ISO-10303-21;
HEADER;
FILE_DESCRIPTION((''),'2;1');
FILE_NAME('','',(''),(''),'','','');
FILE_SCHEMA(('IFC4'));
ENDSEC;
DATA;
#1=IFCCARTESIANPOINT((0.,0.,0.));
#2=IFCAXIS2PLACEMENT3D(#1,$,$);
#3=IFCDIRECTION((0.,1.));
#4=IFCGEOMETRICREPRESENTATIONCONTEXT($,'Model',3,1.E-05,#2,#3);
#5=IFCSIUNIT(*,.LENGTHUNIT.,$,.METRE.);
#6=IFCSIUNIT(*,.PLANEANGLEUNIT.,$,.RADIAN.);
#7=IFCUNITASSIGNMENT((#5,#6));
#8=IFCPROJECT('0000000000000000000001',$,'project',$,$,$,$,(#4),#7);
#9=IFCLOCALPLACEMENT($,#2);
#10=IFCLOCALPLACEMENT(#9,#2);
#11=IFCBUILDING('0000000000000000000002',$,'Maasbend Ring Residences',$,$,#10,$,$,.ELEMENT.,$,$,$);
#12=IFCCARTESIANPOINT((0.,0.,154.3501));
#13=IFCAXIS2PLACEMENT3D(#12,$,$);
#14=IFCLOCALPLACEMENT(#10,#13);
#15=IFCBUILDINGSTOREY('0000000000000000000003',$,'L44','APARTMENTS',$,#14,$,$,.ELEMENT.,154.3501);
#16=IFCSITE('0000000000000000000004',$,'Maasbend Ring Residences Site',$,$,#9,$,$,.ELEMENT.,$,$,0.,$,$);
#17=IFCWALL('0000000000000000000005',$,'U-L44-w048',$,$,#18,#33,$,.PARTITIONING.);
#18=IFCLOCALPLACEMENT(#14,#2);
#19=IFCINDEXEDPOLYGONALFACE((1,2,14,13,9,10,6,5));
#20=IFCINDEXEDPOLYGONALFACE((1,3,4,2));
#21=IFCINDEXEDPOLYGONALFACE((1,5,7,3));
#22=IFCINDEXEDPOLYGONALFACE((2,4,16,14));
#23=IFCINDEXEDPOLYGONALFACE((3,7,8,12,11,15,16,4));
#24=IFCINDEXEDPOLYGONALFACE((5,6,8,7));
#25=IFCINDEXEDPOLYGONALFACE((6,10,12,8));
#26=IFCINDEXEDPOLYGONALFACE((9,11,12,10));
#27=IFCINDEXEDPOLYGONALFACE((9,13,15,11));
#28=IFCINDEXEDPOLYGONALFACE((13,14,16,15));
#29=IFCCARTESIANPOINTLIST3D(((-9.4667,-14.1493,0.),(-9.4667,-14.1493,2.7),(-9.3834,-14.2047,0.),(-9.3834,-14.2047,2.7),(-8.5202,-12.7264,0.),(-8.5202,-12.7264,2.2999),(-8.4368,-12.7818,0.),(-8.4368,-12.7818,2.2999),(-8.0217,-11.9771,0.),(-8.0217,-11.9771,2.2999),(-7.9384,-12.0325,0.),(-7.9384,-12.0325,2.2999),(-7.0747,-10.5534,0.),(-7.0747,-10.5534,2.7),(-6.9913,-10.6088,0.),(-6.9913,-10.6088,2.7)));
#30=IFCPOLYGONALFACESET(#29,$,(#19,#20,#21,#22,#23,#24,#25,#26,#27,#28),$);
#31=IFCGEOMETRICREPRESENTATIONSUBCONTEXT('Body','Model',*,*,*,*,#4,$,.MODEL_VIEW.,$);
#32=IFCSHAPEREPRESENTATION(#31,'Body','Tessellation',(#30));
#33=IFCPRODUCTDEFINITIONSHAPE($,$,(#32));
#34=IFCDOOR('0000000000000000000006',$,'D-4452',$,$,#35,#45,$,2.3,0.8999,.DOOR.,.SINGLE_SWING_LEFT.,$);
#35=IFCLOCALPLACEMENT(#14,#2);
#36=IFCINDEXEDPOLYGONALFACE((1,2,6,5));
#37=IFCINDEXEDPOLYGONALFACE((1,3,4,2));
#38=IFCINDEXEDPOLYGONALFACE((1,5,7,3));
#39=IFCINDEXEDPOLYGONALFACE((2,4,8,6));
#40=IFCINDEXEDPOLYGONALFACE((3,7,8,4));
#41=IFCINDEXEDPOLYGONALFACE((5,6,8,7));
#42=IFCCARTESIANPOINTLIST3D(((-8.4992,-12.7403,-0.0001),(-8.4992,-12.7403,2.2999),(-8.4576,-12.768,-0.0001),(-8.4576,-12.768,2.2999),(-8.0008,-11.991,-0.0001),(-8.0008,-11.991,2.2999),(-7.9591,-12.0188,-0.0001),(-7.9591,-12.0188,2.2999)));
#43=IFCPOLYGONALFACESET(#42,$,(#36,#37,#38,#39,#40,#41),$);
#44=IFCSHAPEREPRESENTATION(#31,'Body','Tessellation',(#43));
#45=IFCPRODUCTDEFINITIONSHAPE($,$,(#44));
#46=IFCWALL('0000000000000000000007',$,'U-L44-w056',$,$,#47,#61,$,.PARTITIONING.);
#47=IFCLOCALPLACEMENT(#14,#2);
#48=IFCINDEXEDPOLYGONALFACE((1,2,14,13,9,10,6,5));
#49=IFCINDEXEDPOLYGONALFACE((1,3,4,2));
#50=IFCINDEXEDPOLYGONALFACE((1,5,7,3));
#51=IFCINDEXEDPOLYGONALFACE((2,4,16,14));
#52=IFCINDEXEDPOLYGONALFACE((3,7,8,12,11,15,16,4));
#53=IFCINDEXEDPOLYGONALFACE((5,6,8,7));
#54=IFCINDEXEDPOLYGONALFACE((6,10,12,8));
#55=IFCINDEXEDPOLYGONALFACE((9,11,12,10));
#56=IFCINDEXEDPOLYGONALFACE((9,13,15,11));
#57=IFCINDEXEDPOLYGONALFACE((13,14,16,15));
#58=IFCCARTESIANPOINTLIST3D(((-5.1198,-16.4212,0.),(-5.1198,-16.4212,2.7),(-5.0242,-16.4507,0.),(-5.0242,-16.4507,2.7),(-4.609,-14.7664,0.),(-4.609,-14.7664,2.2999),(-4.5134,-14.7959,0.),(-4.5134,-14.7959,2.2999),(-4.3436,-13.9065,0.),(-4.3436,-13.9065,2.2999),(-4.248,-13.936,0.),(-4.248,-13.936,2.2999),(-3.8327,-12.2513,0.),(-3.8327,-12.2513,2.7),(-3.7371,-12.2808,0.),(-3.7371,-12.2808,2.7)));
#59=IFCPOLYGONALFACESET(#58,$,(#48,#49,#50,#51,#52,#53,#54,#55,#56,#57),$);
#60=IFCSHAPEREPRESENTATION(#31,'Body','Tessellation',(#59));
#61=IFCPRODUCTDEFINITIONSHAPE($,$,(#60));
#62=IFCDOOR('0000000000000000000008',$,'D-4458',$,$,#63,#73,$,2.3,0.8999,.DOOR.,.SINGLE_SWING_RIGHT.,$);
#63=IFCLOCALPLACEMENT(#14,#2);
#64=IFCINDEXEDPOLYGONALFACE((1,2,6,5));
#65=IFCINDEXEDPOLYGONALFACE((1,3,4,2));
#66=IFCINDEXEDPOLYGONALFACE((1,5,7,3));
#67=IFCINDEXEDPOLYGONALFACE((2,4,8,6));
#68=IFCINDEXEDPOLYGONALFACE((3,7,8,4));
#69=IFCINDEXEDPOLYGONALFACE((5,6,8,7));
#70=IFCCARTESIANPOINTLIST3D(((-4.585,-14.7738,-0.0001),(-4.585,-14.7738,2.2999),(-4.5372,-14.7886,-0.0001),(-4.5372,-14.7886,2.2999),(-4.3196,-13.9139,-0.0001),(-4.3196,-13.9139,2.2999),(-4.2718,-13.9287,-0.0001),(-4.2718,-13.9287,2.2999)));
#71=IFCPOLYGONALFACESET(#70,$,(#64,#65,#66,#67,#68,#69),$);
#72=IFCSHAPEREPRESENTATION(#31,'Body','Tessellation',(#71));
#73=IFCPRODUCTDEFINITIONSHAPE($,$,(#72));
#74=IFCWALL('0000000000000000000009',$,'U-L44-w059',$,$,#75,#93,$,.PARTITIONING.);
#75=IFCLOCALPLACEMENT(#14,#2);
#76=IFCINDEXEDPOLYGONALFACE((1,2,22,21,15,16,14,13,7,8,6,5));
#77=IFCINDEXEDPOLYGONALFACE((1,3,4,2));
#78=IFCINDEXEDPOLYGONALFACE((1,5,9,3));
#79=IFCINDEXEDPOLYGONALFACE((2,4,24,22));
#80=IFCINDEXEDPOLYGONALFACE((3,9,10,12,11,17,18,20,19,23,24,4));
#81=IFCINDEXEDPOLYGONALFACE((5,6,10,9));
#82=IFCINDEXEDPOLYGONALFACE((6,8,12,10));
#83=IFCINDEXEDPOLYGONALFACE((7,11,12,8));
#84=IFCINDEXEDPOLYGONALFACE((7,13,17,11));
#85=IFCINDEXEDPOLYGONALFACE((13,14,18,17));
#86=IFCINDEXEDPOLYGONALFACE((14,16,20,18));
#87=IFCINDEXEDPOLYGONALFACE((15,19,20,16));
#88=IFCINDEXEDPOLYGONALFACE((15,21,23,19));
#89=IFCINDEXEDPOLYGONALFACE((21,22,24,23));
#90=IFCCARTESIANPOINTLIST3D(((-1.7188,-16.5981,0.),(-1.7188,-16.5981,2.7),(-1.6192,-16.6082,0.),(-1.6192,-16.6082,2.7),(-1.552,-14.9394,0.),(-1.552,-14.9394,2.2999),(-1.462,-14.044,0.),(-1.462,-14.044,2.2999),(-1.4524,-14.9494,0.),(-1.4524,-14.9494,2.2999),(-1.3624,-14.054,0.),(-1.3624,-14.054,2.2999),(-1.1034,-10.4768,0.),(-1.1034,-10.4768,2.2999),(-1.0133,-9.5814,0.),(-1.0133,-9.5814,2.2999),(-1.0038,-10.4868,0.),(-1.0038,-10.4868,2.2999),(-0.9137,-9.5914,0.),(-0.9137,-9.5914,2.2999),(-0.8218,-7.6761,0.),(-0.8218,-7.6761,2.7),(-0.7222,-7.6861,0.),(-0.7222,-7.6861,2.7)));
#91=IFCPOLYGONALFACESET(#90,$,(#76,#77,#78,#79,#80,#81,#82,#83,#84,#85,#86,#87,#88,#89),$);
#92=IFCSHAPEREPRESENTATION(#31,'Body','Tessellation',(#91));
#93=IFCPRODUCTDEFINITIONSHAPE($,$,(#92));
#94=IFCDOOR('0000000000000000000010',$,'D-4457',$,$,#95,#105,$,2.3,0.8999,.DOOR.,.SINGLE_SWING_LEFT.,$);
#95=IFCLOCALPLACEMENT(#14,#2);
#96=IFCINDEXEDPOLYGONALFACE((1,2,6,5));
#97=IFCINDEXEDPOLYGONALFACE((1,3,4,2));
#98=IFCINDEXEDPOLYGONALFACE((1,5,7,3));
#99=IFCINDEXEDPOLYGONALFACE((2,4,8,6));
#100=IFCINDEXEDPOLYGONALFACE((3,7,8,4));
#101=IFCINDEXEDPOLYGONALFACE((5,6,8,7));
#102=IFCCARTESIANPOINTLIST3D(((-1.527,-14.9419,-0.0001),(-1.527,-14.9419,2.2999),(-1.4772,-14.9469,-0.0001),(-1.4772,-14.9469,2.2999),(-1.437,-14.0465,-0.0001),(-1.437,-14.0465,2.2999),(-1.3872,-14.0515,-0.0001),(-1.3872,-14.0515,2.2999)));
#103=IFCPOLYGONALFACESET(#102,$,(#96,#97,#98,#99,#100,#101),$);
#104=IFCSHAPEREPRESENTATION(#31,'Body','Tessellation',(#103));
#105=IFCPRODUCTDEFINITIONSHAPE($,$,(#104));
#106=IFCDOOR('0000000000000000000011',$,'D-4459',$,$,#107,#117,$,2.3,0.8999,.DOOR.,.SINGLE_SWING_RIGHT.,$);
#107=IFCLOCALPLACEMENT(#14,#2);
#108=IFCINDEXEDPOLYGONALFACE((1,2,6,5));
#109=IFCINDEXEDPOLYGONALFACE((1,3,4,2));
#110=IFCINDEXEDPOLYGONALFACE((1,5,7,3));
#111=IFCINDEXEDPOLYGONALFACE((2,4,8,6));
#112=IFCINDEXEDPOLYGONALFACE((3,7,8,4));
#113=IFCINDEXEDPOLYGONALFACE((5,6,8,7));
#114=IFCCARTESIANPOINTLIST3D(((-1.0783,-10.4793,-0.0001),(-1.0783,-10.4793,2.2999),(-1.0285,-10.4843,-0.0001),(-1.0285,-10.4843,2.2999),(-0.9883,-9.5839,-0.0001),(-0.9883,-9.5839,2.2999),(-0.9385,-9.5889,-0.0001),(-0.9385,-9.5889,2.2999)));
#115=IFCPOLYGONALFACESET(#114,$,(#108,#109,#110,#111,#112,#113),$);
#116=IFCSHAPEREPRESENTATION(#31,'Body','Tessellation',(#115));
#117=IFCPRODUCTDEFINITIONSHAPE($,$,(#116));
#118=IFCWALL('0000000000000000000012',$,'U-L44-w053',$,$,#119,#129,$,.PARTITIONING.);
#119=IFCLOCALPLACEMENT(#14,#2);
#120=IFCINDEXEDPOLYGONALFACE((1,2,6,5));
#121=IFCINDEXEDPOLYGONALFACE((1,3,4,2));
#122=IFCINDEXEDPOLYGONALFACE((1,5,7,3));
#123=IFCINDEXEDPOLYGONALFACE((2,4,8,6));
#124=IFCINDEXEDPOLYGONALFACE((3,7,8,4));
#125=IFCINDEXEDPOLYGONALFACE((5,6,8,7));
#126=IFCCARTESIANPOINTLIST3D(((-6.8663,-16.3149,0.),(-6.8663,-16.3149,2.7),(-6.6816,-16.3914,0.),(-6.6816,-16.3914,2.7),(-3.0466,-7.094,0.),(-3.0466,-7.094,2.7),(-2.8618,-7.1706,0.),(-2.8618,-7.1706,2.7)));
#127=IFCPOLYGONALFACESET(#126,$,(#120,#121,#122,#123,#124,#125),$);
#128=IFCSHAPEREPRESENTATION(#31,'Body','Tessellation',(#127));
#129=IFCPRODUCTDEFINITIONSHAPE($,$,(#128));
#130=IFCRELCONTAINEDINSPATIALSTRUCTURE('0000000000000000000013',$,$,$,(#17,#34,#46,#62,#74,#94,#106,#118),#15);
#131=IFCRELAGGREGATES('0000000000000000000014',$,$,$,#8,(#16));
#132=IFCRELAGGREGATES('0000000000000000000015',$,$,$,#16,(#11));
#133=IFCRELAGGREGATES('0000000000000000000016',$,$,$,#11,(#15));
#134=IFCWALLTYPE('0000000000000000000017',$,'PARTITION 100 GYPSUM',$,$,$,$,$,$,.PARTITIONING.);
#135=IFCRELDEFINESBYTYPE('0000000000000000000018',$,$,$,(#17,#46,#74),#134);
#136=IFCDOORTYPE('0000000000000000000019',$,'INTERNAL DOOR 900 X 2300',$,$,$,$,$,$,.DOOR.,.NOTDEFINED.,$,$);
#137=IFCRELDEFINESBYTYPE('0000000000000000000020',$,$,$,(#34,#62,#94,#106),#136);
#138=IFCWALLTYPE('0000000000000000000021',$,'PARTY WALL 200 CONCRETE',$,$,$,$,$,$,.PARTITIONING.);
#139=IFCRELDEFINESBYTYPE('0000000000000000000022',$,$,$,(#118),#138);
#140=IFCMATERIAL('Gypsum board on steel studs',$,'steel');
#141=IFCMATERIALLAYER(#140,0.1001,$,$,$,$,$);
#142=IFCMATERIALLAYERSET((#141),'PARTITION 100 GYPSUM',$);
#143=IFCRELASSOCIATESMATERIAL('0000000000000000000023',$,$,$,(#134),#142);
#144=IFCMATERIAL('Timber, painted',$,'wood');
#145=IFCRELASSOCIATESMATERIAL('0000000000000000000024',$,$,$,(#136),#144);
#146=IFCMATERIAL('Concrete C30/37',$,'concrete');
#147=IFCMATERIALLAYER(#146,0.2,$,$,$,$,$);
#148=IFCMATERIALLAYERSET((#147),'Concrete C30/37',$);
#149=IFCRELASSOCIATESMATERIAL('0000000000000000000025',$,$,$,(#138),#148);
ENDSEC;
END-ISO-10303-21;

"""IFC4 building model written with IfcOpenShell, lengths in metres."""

from ifc_helpers import new_model, si_unit, direction, frame, frame_2d, origin, place, context, subcontext, project, spatial, rectangle, extrude, material, layer, layer_set, type_object, element, fill, save


model = new_model("IFC4")

# Units and contexts
model_context = context("Model", 3, precision=1e-05, world=origin(), true_north=direction((0.0, 1.0)))
body_context = subcontext(model_context, "Body", "Model", "MODEL_VIEW")
ifc_project = project(units=[si_unit("LENGTHUNIT", "METRE"), si_unit("PLANEANGLEUNIT", "RADIAN")], contexts=[model_context])

# Site, building, storey
site_placement = place(None, origin())
site = spatial("IfcSite", under=ifc_project, at=site_placement, Name="Maasbend Ring Residences Site", CompositionType="ELEMENT", RefElevation=0.0)
building_placement = place(site_placement, origin())
building = spatial("IfcBuilding", under=site, at=building_placement, Name="Maasbend Ring Residences", CompositionType="ELEMENT")
storey_placement = place(building_placement, frame((0.0, 0.0, 154.3501)))
storey = spatial("IfcBuildingStorey", under=building, at=storey_placement, Name="L44", Description="APARTMENTS", CompositionType="ELEMENT", Elevation=154.3501)

# Shared definitions
ifc_material_1 = material(Name="Gypsum board on steel studs", Category="steel")
ifc_layer_1 = layer(ifc_material_1, 0.1001)
ifc_layer_set_1 = layer_set([ifc_layer_1], Name="PARTITION 100 GYPSUM")
wall_type_1 = type_object("IfcWallType", Name="PARTITION 100 GYPSUM", PredefinedType="PARTITIONING", material=ifc_layer_set_1)

# Walls, openings, doors
wall_1_placement = place(storey_placement, frame((-9.425, -14.177, 0.0), z_axis=(0.0, 0.0, 1.0), x_axis=(0.553865, 0.832606, 0.0)))
wall_1 = element("IfcWall", 1, at=wall_1_placement, inside=storey, type_object=wall_type_1, Name="U-L44-w048", PredefinedType="PARTITIONING", context=body_context, shape_type="SweptSolid", body=[
    extrude(rectangle(XDim=4.3188, YDim=0.1001, at=frame_2d((2.1594, 0.0))), origin(), (0.0, 0.0, 1.0), 2.7),
])
opening_1_placement = place(wall_1_placement, frame((1.709, 0.0, 0.0)))
opening_1 = element("IfcOpeningElement", 2, at=opening_1_placement, cuts=wall_1, PredefinedType="OPENING", context=body_context, shape_type="SweptSolid", body=[
    extrude(rectangle(XDim=0.8999, YDim=2.3, at=frame_2d((0.45, 1.1499))), frame((0.0, 0.0601, 0.0), z_axis=(0.0, -1.0, 0.0), x_axis=(1.0, 0.0, 0.0)), (0.0, 0.0, 1.0), 0.1201),
])
ifc_material_2 = material(Name="Timber, painted", Category="wood")
door_type_1 = type_object("IfcDoorType", Name="INTERNAL DOOR 900 X 2300", OperationType="NOTDEFINED", PredefinedType="DOOR", material=ifc_material_2)
door_1_placement = place(opening_1_placement, origin())
door_1 = element("IfcDoor", 3, at=door_1_placement, inside=storey, type_object=door_type_1, Name="D-4452", OperationType="SINGLE_SWING_LEFT", OverallHeight=2.3, OverallWidth=0.8999, PredefinedType="DOOR", context=body_context, shape_type="SweptSolid", body=[
    extrude(rectangle(XDim=0.8999, YDim=2.3, at=frame_2d((0.45, 1.1499))), frame((0.0, 0.0249, 0.0), z_axis=(0.0, -1.0, 0.0), x_axis=(1.0, 0.0, 0.0)), (0.0, 0.0, 1.0), 0.05),
])
fill(opening_1, door_1)
wall_2_placement = place(storey_placement, frame((-5.072, -16.436, 0.0), z_axis=(0.0, 0.0, 1.0), x_axis=(0.294935, 0.955517, 0.0)))
wall_2 = element("IfcWall", 4, at=wall_2_placement, inside=storey, type_object=wall_type_1, Name="U-L44-w056", PredefinedType="PARTITIONING", context=body_context, shape_type="SweptSolid", body=[
    extrude(rectangle(XDim=4.364, YDim=0.1001, at=frame_2d((2.1821, 0.0))), origin(), (0.0, 0.0, 1.0), 2.7),
])
opening_2_placement = place(wall_2_placement, frame((1.7319, 0.0, 0.0)))
opening_2 = element("IfcOpeningElement", 5, at=opening_2_placement, cuts=wall_2, PredefinedType="OPENING", context=body_context, shape_type="SweptSolid", body=[
    extrude(rectangle(XDim=0.8999, YDim=2.3, at=frame_2d((0.45, 1.1499))), frame((0.0, 0.0601, 0.0), z_axis=(0.0, -1.0, 0.0), x_axis=(1.0, 0.0, 0.0)), (0.0, 0.0, 1.0), 0.1201),
])
door_2_placement = place(opening_2_placement, origin())
door_2 = element("IfcDoor", 6, at=door_2_placement, inside=storey, type_object=door_type_1, Name="D-4458", OperationType="SINGLE_SWING_RIGHT", OverallHeight=2.3, OverallWidth=0.8999, PredefinedType="DOOR", context=body_context, shape_type="SweptSolid", body=[
    extrude(rectangle(XDim=0.8999, YDim=2.3, at=frame_2d((0.45, 1.1499))), frame((0.0, 0.0249, 0.0), z_axis=(0.0, -1.0, 0.0), x_axis=(1.0, 0.0, 0.0)), (0.0, 0.0, 1.0), 0.05),
])
fill(opening_2, door_2)

# Wall, openings, doors
wall_3_placement = place(storey_placement, frame((-1.6689, -16.603, 0.0), z_axis=(0.0, 0.0, 1.0), x_axis=(0.100029, 0.994984, 0.0)))
wall_3 = element("IfcWall", 7, at=wall_3_placement, inside=storey, type_object=wall_type_1, Name="U-L44-w059", PredefinedType="PARTITIONING", context=body_context, shape_type="SweptSolid", body=[
    extrude(rectangle(XDim=8.967, YDim=0.1001, at=frame_2d((4.4834, 0.0))), origin(), (0.0, 0.0, 1.0), 2.7),
])
opening_3_placement = place(wall_3_placement, frame((1.667, 0.0, 0.0)))
opening_3 = element("IfcOpeningElement", 8, at=opening_3_placement, cuts=wall_3, PredefinedType="OPENING", context=body_context, shape_type="SweptSolid", body=[
    extrude(rectangle(XDim=0.8999, YDim=2.3, at=frame_2d((0.45, 1.1499))), frame((0.0, 0.0601, 0.0), z_axis=(0.0, -1.0, 0.0), x_axis=(1.0, 0.0, 0.0)), (0.0, 0.0, 1.0), 0.1201),
])
opening_4_placement = place(wall_3_placement, frame((6.1521, 0.0, 0.0)))
opening_4 = element("IfcOpeningElement", 9, at=opening_4_placement, cuts=wall_3, PredefinedType="OPENING", context=body_context, shape_type="SweptSolid", body=[
    extrude(rectangle(XDim=0.8999, YDim=2.3, at=frame_2d((0.45, 1.1499))), frame((0.0, 0.0601, 0.0), z_axis=(0.0, -1.0, 0.0), x_axis=(1.0, 0.0, 0.0)), (0.0, 0.0, 1.0), 0.1201),
])
door_3_placement = place(opening_3_placement, origin())
door_3 = element("IfcDoor", 10, at=door_3_placement, inside=storey, type_object=door_type_1, Name="D-4457", OperationType="SINGLE_SWING_LEFT", OverallHeight=2.3, OverallWidth=0.8999, PredefinedType="DOOR", context=body_context, shape_type="SweptSolid", body=[
    extrude(rectangle(XDim=0.8999, YDim=2.3, at=frame_2d((0.45, 1.1499))), frame((0.0, 0.0249, 0.0), z_axis=(0.0, -1.0, 0.0), x_axis=(1.0, 0.0, 0.0)), (0.0, 0.0, 1.0), 0.05),
])
fill(opening_3, door_3)
door_4_placement = place(opening_4_placement, origin())
door_4 = element("IfcDoor", 11, at=door_4_placement, inside=storey, type_object=door_type_1, Name="D-4459", OperationType="SINGLE_SWING_RIGHT", OverallHeight=2.3, OverallWidth=0.8999, PredefinedType="DOOR", context=body_context, shape_type="SweptSolid", body=[
    extrude(rectangle(XDim=0.8999, YDim=2.3, at=frame_2d((0.45, 1.1499))), frame((0.0, 0.0249, 0.0), z_axis=(0.0, -1.0, 0.0), x_axis=(1.0, 0.0, 0.0)), (0.0, 0.0, 1.0), 0.05),
])
fill(opening_4, door_4)

# Wall
ifc_material_3 = material(Name="Concrete C30/37", Category="concrete")
ifc_layer_2 = layer(ifc_material_3, 0.2)
ifc_layer_set_2 = layer_set([ifc_layer_2], Name="Concrete C30/37")
wall_type_2 = type_object("IfcWallType", Name="PARTY WALL 200 CONCRETE", PredefinedType="PARTITIONING", material=ifc_layer_set_2)
wall_4_placement = place(storey_placement, frame((-6.7739, -16.353, 0.0), z_axis=(0.0, 0.0, 1.0), x_axis=(0.382716, 0.923866, 0.0)))
element("IfcWall", 12, at=wall_4_placement, inside=storey, type_object=wall_type_2, Name="U-L44-w053", PredefinedType="PARTITIONING", context=body_context, shape_type="SweptSolid", body=[
    extrude(rectangle(XDim=9.9807, YDim=0.2, at=frame_2d((4.9902, 0.0))), origin(), (0.0, 0.0, 1.0), 2.7),
])

save(model, "model.ifc")
